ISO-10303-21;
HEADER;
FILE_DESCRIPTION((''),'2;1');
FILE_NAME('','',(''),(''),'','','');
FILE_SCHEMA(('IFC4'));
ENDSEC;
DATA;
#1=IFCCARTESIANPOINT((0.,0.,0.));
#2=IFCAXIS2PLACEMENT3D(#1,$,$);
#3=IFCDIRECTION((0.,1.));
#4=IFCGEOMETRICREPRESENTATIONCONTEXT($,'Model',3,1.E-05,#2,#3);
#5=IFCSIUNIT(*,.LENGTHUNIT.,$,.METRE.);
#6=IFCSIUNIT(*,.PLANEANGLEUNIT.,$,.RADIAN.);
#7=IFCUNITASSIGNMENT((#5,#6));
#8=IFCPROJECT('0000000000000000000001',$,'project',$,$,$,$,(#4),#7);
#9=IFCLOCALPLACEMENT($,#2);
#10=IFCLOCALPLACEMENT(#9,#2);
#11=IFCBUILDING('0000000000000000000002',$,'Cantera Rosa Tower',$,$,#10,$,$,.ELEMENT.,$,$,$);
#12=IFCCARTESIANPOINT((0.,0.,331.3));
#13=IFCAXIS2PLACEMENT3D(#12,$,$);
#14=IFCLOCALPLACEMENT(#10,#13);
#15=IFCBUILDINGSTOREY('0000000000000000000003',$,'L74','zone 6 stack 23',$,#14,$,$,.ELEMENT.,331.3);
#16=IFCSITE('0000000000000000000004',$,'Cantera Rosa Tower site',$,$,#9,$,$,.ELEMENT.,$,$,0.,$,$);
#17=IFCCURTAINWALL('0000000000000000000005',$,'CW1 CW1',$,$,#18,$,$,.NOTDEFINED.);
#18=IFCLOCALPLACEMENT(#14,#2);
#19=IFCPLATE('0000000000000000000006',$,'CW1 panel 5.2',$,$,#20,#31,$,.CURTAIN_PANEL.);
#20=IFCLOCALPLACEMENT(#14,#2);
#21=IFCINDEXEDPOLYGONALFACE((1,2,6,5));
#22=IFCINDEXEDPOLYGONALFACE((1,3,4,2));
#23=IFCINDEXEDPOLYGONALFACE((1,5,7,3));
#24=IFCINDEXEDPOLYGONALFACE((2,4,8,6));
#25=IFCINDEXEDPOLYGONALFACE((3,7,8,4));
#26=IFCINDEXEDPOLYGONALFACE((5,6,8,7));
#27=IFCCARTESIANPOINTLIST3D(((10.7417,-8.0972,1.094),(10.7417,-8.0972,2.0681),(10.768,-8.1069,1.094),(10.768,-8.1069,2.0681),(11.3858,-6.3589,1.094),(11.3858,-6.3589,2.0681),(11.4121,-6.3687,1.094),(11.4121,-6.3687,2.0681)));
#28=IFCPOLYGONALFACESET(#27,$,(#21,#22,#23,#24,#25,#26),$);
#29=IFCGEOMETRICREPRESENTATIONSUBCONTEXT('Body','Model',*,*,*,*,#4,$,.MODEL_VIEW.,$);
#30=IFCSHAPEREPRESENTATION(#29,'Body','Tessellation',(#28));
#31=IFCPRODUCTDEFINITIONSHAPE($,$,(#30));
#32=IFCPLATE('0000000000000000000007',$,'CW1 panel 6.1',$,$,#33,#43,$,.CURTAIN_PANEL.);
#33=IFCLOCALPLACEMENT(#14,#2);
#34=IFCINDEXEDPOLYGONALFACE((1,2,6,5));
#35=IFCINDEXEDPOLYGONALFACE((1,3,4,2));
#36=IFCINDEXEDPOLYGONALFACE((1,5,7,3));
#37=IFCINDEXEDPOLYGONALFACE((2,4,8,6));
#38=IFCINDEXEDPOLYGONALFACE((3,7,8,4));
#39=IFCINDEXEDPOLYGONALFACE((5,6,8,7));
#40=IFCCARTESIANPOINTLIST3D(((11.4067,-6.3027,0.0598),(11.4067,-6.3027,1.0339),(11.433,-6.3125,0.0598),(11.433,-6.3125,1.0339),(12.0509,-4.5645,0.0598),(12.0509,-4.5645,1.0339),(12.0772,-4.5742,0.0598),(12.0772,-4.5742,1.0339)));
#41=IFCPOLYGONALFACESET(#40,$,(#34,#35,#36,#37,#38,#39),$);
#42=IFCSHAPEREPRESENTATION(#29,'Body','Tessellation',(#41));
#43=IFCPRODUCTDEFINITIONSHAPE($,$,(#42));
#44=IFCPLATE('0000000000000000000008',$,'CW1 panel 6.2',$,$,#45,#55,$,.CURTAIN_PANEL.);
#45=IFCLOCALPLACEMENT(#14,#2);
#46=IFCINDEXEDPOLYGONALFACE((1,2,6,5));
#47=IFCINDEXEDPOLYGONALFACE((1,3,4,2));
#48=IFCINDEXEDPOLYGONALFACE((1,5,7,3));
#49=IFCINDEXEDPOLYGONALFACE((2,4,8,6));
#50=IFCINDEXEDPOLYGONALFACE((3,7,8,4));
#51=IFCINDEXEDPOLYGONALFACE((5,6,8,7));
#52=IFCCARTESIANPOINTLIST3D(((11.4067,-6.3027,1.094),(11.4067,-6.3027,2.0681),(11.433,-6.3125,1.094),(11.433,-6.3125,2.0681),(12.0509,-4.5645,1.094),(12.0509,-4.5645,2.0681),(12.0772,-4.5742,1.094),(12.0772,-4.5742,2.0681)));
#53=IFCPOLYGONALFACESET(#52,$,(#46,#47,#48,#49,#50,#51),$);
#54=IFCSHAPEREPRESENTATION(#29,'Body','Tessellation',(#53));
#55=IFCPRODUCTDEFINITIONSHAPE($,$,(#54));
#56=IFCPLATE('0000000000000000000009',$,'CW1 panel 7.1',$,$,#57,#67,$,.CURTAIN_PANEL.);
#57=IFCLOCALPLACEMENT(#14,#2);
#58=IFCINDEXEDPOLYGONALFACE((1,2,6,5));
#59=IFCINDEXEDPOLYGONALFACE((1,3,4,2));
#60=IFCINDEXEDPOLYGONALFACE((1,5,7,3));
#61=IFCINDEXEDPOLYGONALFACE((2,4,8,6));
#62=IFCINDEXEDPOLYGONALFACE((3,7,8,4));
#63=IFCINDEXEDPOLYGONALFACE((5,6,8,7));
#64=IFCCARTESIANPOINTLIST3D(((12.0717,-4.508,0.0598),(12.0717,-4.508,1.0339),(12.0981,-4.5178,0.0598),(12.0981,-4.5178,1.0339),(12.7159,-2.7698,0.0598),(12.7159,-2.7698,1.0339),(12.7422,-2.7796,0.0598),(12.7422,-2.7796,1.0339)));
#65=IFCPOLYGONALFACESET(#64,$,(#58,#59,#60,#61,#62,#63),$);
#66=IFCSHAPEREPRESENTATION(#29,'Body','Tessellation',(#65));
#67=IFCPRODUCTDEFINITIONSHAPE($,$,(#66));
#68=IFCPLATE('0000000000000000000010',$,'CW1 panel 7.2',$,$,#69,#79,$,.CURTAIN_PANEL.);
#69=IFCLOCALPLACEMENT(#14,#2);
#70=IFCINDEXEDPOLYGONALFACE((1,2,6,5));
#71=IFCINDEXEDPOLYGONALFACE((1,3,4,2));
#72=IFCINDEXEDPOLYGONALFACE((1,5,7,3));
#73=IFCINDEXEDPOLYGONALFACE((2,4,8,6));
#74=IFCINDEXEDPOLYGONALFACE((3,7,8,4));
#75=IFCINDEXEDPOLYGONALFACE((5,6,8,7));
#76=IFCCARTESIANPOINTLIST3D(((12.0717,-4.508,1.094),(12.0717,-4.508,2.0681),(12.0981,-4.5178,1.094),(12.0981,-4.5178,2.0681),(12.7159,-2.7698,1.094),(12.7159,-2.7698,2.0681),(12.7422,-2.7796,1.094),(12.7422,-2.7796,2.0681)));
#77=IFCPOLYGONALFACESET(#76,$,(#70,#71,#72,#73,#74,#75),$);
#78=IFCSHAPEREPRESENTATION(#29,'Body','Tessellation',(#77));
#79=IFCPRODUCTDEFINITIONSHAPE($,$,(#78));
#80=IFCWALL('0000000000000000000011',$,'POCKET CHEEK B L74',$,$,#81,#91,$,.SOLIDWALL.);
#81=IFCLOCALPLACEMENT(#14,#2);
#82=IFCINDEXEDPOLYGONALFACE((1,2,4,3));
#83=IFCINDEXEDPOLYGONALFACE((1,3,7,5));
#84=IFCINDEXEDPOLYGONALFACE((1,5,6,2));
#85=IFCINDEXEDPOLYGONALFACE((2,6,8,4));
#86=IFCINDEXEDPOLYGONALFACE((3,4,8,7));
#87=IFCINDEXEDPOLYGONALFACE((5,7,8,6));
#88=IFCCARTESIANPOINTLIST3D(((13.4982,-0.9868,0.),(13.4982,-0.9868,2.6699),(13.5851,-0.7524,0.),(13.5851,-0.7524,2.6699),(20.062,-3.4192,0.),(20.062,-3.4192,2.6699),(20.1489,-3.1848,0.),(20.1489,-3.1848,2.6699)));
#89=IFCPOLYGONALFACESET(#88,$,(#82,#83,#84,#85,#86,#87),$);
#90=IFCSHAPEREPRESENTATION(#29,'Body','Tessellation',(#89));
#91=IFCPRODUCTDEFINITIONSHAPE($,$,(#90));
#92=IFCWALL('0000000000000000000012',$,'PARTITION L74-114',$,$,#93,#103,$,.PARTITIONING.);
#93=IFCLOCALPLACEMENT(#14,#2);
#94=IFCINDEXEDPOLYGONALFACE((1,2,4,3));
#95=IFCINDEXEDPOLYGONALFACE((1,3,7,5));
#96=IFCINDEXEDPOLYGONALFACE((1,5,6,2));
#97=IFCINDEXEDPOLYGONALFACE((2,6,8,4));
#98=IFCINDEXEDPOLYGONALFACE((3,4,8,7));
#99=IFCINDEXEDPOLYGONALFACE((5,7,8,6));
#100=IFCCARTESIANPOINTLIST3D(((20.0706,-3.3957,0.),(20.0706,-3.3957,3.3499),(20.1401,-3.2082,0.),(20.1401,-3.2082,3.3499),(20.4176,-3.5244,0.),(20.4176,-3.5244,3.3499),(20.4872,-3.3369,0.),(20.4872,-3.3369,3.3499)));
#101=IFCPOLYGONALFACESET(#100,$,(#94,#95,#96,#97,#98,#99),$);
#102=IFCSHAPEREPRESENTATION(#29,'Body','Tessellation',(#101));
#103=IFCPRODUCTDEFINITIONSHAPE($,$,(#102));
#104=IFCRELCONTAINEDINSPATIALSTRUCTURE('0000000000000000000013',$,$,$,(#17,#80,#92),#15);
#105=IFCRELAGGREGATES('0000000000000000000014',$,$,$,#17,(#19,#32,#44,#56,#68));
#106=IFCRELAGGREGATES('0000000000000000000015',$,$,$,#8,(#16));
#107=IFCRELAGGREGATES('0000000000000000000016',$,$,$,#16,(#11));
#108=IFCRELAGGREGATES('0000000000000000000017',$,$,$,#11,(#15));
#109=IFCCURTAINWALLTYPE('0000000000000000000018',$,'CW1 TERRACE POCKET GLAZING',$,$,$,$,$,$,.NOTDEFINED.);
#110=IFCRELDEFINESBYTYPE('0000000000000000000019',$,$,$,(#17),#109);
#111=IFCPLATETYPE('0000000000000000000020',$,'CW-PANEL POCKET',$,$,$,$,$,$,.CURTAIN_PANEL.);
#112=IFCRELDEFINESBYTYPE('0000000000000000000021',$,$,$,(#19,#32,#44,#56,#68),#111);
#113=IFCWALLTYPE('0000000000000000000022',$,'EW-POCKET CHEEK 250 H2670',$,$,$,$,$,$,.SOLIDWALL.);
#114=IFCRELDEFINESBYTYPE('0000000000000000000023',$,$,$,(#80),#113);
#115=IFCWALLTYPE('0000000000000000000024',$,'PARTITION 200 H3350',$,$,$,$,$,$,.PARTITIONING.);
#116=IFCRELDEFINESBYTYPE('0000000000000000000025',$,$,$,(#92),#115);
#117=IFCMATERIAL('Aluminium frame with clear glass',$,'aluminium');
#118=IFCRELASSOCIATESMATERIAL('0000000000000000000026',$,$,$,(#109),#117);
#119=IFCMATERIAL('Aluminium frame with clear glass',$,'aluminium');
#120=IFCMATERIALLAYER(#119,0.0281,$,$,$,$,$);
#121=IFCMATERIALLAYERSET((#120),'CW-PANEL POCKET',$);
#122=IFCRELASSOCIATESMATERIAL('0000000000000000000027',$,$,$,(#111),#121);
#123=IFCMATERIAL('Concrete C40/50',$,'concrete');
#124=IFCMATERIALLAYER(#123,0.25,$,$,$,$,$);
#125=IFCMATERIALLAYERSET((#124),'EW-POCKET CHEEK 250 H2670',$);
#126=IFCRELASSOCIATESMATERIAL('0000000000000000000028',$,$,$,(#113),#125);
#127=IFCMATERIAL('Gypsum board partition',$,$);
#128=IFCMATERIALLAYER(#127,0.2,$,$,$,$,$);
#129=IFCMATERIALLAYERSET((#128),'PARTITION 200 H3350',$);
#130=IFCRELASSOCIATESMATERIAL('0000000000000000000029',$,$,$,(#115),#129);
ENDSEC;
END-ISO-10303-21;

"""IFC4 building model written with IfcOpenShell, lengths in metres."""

from ifc_helpers import new_model, si_unit, direction, frame, frame_2d, origin, origin_2d, place, context, subcontext, project, spatial, rectangle, extrude, material, layer, layer_set, type_object, element, aggregate, save


model = new_model("IFC4")

# Units and contexts
model_context = context("Model", 3, precision=1e-05, world=origin(), true_north=direction((0.0, 1.0)))
body_context = subcontext(model_context, "Body", "Model", "MODEL_VIEW")
ifc_project = project(units=[si_unit("LENGTHUNIT", "METRE"), si_unit("PLANEANGLEUNIT", "RADIAN")], contexts=[model_context])

# Site, building, storey
site_placement = place(None, origin())
site = spatial("IfcSite", under=ifc_project, at=site_placement, Name="Cantera Rosa Tower site", CompositionType="ELEMENT", RefElevation=0.0)
building_placement = place(site_placement, origin())
building = spatial("IfcBuilding", under=site, at=building_placement, Name="Cantera Rosa Tower", CompositionType="ELEMENT")
storey_placement = place(building_placement, frame((0.0, 0.0, 331.3)))
storey = spatial("IfcBuildingStorey", under=building, at=storey_placement, Name="L74", Description="zone 6 stack 23", CompositionType="ELEMENT", Elevation=331.3)

# Curtain wall
ifc_material_1 = material(Name="Aluminium frame with clear glass", Category="aluminium")
curtain_wall_type = type_object("IfcCurtainWallType", Name="CW1 TERRACE POCKET GLAZING", PredefinedType="NOTDEFINED", material=ifc_material_1)
curtain_wall_placement = place(storey_placement, origin())
curtain_wall = element("IfcCurtainWall", 1, at=curtain_wall_placement, inside=storey, type_object=curtain_wall_type, Name="CW1 CW1", PredefinedType="NOTDEFINED")

# Plates
ifc_material_2 = material(Name="Aluminium frame with clear glass", Category="aluminium")
ifc_layer_1 = layer(ifc_material_2, 0.0281)
ifc_layer_set_1 = layer_set([ifc_layer_1], Name="CW-PANEL POCKET")
plate_type = type_object("IfcPlateType", Name="CW-PANEL POCKET", PredefinedType="CURTAIN_PANEL", material=ifc_layer_set_1)
plate_1_placement = place(storey_placement, frame((11.0769, -7.2329, 1.094), z_axis=(0.0, 0.0, 1.0), x_axis=(0.347481, 0.937687, 0.0)))
plate_1 = element("IfcPlate", 2, at=plate_1_placement, type_object=plate_type, Name="CW1 panel 5.2", PredefinedType="CURTAIN_PANEL", context=body_context, shape_type="SweptSolid", body=[
    extrude(rectangle(XDim=1.8538, YDim=0.0281, at=origin_2d()), origin(), (0.0, 0.0, 1.0), 0.9741),
])
plate_2_placement = place(storey_placement, frame((11.7419, -5.4385, 0.0598), z_axis=(0.0, 0.0, 1.0), x_axis=(0.347481, 0.937687, 0.0)))
plate_2 = element("IfcPlate", 3, at=plate_2_placement, type_object=plate_type, Name="CW1 panel 6.1", PredefinedType="CURTAIN_PANEL", context=body_context, shape_type="SweptSolid", body=[
    extrude(rectangle(XDim=1.8538, YDim=0.0281, at=origin_2d()), origin(), (0.0, 0.0, 1.0), 0.9741),
])
plate_3_placement = place(storey_placement, frame((11.7419, -5.4385, 1.094), z_axis=(0.0, 0.0, 1.0), x_axis=(0.347481, 0.937687, 0.0)))
plate_3 = element("IfcPlate", 4, at=plate_3_placement, type_object=plate_type, Name="CW1 panel 6.2", PredefinedType="CURTAIN_PANEL", context=body_context, shape_type="SweptSolid", body=[
    extrude(rectangle(XDim=1.8538, YDim=0.0281, at=origin_2d()), origin(), (0.0, 0.0, 1.0), 0.9741),
])
plate_4_placement = place(storey_placement, frame((12.407, -3.6438, 0.0598), z_axis=(0.0, 0.0, 1.0), x_axis=(0.347481, 0.937687, 0.0)))
plate_4 = element("IfcPlate", 5, at=plate_4_placement, type_object=plate_type, Name="CW1 panel 7.1", PredefinedType="CURTAIN_PANEL", context=body_context, shape_type="SweptSolid", body=[
    extrude(rectangle(XDim=1.8538, YDim=0.0281, at=origin_2d()), origin(), (0.0, 0.0, 1.0), 0.9741),
])
plate_5_placement = place(storey_placement, frame((12.407, -3.6438, 1.094), z_axis=(0.0, 0.0, 1.0), x_axis=(0.347481, 0.937687, 0.0)))
plate_5 = element("IfcPlate", 6, at=plate_5_placement, type_object=plate_type, Name="CW1 panel 7.2", PredefinedType="CURTAIN_PANEL", context=body_context, shape_type="SweptSolid", body=[
    extrude(rectangle(XDim=1.8538, YDim=0.0281, at=origin_2d()), origin(), (0.0, 0.0, 1.0), 0.9741),
])
aggregate(curtain_wall, [plate_1, plate_2, plate_3, plate_4, plate_5])

# Walls
ifc_material_3 = material(Name="Concrete C40/50", Category="concrete")
ifc_layer_2 = layer(ifc_material_3, 0.25)
ifc_layer_set_2 = layer_set([ifc_layer_2], Name="EW-POCKET CHEEK 250 H2670")
wall_type_1 = type_object("IfcWallType", Name="EW-POCKET CHEEK 250 H2670", PredefinedType="SOLIDWALL", material=ifc_layer_set_2)
wall_1_placement = place(storey_placement, frame((20.1055, -3.302, 0.0), z_axis=(0.0, 0.0, 1.0), x_axis=(-0.937685, 0.347486, 0.0)))
element("IfcWall", 7, at=wall_1_placement, inside=storey, type_object=wall_type_1, Name="POCKET CHEEK B L74", PredefinedType="SOLIDWALL", context=body_context, shape_type="SweptSolid", body=[
    extrude(rectangle(XDim=7.0, YDim=0.25, at=frame_2d((3.5, 0.0))), origin(), (0.0, 0.0, 1.0), 2.6699),
])
ifc_material_4 = material(Name="Gypsum board partition")
ifc_layer_3 = layer(ifc_material_4, 0.2)
ifc_layer_set_3 = layer_set([ifc_layer_3], Name="PARTITION 200 H3350")
wall_type_2 = type_object("IfcWallType", Name="PARTITION 200 H3350", PredefinedType="PARTITIONING", material=ifc_layer_set_3)
wall_2_placement = place(storey_placement, frame((20.4524, -3.4307, 0.0), z_axis=(0.0, 0.0, 1.0), x_axis=(-0.937597, 0.347723, 0.0)))
element("IfcWall", 8, at=wall_2_placement, inside=storey, type_object=wall_type_2, Name="PARTITION L74-114", PredefinedType="PARTITIONING", context=body_context, shape_type="SweptSolid", body=[
    extrude(rectangle(XDim=0.3701, YDim=0.2, at=frame_2d((0.1851, 0.0))), origin(), (0.0, 0.0, 1.0), 3.3499),
])

save(model, "model.ifc")
